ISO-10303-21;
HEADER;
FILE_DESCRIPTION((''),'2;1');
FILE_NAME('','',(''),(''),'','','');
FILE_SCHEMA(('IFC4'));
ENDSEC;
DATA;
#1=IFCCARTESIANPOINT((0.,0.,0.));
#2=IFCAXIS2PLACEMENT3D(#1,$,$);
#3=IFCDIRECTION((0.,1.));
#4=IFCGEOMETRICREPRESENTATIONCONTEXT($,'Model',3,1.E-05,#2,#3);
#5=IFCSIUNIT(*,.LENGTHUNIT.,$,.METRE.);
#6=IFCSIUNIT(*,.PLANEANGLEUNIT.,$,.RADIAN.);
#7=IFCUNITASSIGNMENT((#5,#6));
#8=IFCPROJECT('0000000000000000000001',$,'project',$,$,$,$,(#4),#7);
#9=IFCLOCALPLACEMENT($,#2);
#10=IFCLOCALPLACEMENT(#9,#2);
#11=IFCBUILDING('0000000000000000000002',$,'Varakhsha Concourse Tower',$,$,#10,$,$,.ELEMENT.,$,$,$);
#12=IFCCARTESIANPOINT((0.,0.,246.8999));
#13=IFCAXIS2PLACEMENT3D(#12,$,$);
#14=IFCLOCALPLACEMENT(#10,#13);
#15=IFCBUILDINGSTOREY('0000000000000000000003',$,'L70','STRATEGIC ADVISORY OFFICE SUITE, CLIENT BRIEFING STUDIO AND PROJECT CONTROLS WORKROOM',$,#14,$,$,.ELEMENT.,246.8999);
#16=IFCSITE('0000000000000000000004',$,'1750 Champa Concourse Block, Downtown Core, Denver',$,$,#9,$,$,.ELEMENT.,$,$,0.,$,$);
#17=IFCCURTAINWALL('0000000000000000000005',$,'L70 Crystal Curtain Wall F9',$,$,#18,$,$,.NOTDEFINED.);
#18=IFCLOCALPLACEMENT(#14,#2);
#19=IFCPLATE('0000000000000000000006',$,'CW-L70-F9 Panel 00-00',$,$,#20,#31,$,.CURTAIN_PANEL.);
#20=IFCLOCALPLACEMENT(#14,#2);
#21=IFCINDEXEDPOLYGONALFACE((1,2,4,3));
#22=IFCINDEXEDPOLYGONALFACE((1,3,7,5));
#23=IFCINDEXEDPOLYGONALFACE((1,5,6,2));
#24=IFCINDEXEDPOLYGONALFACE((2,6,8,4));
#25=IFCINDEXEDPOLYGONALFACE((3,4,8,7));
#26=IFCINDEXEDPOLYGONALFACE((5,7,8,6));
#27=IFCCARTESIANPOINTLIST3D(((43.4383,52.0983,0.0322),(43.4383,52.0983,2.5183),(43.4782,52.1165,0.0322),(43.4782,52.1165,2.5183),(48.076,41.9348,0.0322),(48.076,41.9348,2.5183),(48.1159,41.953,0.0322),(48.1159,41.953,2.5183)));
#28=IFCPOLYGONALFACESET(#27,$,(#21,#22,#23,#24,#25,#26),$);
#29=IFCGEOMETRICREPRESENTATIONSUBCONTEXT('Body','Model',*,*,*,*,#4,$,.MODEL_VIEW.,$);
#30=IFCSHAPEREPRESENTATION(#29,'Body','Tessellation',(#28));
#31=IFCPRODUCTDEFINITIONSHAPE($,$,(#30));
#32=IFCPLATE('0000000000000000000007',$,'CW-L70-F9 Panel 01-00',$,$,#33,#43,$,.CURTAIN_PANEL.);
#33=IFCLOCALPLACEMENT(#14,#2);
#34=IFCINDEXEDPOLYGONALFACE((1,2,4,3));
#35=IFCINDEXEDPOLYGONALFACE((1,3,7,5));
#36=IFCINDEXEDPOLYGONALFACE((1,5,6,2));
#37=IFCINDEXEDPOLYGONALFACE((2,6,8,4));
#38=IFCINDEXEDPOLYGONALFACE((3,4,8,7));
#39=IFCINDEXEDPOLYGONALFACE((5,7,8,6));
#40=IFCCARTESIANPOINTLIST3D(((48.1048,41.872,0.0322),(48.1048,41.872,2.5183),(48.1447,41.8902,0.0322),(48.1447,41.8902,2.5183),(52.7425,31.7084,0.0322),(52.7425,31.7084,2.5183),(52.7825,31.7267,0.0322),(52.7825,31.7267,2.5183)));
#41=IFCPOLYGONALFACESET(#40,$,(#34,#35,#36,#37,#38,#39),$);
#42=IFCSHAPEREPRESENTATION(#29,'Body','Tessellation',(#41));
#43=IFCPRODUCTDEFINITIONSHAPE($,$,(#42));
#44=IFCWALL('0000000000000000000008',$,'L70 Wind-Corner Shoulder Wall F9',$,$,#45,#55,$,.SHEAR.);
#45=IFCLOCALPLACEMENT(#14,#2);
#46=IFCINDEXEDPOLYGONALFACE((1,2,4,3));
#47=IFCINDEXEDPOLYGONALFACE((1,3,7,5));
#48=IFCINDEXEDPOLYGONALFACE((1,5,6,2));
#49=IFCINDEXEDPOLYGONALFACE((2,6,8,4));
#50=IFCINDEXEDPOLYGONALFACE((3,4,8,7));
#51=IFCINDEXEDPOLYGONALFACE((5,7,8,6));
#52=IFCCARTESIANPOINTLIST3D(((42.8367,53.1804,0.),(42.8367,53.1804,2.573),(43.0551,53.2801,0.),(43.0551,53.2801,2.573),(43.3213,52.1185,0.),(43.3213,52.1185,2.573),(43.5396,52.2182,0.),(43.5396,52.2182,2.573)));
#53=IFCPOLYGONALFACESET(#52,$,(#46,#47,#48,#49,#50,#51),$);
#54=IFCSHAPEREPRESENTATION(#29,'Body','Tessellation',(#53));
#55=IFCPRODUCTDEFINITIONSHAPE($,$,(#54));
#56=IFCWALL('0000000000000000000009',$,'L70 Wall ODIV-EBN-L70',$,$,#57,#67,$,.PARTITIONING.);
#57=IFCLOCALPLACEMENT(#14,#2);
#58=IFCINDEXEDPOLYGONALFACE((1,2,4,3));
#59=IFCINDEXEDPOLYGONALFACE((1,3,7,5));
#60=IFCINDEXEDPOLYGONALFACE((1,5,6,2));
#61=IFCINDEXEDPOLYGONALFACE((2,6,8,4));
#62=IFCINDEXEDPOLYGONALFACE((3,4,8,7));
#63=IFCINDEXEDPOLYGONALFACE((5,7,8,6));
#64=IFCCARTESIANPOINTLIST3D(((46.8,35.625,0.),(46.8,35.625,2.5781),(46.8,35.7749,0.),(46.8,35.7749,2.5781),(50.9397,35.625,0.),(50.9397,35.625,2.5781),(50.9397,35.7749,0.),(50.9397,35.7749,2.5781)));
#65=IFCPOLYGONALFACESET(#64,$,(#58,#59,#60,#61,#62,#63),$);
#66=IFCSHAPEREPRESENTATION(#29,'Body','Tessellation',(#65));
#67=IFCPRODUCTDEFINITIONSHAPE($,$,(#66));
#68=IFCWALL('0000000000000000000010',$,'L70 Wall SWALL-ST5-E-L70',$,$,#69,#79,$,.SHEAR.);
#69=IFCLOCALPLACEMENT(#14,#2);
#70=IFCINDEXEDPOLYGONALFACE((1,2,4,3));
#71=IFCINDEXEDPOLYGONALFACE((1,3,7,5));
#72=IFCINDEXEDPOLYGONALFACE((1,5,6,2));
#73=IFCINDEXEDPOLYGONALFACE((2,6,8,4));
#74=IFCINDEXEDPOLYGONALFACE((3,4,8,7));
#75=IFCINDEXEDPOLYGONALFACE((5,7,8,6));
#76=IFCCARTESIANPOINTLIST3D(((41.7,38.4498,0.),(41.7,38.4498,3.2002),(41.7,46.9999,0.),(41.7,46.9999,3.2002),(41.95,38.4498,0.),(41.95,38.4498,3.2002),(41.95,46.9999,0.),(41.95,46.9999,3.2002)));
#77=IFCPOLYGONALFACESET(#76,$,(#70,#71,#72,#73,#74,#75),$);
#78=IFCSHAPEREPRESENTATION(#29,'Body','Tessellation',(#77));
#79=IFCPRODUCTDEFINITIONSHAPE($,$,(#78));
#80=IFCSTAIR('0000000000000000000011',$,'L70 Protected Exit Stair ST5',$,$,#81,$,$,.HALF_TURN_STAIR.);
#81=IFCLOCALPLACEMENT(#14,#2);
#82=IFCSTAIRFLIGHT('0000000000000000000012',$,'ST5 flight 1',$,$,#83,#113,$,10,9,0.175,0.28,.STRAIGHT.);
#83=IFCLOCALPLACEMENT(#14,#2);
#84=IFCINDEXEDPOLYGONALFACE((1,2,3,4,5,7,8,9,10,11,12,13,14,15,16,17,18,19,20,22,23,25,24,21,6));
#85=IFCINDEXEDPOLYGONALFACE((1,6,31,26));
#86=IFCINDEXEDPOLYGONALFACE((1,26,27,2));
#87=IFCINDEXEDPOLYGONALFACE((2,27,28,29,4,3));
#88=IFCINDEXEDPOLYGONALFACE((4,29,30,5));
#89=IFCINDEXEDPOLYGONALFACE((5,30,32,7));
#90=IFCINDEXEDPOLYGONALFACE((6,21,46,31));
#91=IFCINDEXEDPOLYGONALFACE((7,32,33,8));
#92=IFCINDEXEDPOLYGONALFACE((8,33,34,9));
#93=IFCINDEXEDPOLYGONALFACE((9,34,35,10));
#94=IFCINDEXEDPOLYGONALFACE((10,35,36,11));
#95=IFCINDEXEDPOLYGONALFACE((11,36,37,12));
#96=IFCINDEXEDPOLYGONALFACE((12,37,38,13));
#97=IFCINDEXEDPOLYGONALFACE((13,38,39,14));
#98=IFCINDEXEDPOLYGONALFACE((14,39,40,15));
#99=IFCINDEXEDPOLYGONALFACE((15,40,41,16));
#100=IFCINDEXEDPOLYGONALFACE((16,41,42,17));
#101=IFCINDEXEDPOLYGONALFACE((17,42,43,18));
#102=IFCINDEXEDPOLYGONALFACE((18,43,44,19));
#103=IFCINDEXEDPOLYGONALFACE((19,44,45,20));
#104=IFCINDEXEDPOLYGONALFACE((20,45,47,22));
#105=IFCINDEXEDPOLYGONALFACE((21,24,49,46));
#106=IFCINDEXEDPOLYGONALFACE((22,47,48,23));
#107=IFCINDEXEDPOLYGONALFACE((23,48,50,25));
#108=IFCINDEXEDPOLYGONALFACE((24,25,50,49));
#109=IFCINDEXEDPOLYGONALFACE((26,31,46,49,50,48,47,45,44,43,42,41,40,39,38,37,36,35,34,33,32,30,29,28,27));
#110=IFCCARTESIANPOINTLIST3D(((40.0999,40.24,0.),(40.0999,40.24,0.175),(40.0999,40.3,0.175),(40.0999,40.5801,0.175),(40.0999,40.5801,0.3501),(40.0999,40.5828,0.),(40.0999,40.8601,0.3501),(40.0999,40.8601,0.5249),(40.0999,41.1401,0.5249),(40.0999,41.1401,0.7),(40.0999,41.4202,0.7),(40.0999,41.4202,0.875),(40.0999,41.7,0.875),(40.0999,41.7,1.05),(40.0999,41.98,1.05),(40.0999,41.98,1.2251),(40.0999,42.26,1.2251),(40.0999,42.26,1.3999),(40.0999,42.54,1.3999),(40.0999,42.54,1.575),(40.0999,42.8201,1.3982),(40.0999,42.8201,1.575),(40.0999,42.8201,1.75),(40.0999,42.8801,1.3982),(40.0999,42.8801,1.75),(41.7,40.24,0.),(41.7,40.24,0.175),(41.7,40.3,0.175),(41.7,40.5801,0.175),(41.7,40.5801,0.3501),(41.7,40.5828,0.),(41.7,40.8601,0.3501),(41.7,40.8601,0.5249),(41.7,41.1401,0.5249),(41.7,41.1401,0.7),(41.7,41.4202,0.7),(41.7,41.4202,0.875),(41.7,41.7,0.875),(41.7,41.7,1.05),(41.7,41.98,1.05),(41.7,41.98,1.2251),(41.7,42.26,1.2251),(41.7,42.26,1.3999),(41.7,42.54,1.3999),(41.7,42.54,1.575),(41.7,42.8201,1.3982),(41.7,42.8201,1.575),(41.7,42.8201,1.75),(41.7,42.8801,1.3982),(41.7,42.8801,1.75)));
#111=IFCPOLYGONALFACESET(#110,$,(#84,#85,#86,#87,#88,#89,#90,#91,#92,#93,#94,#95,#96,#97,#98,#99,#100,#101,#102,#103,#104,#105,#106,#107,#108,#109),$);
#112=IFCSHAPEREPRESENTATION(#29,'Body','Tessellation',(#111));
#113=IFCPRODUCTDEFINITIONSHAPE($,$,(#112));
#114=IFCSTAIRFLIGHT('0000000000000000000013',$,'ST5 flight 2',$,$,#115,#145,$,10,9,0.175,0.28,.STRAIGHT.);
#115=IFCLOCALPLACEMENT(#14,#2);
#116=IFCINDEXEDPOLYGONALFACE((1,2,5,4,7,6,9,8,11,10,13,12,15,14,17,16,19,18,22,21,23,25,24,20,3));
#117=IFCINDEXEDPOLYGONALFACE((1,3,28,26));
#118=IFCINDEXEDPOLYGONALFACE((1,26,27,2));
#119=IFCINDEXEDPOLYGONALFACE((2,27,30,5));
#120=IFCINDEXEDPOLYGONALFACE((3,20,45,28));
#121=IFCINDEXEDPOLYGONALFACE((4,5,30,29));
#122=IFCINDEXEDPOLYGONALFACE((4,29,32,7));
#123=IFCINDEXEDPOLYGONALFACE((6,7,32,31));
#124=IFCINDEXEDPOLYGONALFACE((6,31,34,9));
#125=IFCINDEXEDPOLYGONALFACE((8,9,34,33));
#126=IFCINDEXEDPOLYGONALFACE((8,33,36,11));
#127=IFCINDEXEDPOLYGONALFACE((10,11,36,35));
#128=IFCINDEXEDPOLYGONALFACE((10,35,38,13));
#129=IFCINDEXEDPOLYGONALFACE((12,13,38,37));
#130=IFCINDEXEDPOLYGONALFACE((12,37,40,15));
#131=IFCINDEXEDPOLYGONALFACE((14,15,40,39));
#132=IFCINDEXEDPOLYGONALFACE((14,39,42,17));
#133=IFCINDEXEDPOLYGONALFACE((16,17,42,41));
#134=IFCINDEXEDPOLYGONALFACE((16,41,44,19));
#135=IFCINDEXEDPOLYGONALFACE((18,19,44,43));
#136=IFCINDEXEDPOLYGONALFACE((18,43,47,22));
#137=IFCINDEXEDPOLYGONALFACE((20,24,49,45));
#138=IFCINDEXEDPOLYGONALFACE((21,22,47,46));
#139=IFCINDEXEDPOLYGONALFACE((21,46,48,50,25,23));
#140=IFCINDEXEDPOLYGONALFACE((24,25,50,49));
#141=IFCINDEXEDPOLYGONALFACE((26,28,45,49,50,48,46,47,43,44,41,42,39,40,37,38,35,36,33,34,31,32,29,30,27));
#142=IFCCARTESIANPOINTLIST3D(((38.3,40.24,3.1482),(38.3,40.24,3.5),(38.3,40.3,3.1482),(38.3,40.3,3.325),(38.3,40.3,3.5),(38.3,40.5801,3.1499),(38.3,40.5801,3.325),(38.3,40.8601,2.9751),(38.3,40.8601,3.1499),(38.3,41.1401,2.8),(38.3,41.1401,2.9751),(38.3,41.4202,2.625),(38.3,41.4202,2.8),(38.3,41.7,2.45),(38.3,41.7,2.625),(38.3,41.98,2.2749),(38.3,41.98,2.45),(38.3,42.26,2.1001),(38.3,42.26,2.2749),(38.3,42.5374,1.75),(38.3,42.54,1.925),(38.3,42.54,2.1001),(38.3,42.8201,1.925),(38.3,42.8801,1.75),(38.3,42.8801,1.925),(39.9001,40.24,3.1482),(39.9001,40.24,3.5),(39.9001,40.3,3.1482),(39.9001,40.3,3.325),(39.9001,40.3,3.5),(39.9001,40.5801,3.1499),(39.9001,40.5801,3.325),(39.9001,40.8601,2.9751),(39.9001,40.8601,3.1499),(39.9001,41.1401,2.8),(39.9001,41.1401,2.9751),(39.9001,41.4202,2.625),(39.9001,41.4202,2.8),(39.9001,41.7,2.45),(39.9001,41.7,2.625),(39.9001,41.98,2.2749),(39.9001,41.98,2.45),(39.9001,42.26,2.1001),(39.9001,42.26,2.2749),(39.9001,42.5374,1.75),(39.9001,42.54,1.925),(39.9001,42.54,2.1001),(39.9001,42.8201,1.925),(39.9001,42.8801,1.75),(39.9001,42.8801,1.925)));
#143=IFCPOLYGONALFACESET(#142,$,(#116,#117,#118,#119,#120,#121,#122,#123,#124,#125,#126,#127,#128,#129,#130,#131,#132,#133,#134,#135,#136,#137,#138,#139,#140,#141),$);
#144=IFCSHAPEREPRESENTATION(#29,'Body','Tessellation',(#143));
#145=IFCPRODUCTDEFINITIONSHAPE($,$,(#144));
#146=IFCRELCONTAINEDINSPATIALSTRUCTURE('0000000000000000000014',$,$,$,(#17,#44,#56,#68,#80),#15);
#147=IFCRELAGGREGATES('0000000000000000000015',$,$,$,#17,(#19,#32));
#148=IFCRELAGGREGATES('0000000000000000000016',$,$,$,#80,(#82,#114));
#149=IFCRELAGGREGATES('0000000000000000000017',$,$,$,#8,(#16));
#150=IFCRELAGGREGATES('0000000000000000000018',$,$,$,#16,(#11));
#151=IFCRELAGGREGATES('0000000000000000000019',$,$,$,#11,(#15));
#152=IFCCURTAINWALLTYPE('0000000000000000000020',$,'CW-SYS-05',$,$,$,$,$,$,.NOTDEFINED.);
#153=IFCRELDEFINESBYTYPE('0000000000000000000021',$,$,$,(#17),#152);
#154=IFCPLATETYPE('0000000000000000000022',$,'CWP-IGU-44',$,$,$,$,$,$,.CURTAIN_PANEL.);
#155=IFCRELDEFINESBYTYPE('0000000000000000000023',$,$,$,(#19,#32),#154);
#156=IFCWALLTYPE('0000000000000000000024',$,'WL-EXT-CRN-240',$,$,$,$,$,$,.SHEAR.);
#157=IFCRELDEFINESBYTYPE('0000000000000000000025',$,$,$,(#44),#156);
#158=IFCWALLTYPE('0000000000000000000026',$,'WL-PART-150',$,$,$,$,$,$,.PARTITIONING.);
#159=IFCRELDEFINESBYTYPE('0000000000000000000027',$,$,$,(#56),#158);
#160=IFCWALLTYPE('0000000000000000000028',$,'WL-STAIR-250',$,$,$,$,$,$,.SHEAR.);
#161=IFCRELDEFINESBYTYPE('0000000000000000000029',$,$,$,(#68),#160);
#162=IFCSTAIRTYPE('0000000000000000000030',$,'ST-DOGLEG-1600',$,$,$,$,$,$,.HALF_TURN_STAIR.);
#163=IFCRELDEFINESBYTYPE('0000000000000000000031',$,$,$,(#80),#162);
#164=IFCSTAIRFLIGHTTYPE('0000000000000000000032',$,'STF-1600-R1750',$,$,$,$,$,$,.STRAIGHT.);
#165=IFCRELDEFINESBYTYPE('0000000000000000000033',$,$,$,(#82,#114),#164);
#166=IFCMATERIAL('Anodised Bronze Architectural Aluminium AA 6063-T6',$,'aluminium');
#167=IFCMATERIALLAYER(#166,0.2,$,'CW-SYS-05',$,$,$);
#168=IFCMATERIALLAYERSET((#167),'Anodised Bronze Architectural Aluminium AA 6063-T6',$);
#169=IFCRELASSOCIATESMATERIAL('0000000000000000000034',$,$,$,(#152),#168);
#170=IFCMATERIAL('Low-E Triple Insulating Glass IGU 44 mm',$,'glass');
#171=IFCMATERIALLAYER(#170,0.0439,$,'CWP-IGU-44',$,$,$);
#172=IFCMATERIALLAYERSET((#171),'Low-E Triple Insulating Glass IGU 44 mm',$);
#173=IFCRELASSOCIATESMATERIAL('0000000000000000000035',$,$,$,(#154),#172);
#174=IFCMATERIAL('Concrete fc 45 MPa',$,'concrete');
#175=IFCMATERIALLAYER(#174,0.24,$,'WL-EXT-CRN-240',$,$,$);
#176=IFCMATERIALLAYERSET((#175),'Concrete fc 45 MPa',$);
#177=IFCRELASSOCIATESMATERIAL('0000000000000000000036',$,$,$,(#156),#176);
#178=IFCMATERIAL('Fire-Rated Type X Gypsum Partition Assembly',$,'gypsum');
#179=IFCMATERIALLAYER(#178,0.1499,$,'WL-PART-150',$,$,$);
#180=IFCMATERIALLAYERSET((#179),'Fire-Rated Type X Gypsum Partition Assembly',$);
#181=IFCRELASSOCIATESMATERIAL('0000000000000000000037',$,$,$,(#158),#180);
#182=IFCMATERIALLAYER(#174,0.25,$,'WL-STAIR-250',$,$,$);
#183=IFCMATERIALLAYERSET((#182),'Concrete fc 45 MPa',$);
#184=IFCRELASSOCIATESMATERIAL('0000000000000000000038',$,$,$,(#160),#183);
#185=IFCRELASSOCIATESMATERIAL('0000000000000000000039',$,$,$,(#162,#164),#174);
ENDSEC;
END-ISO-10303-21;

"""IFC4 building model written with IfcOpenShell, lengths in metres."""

from ifc_helpers import new_model, si_unit, direction, frame, frame_2d, origin, origin_2d, place, context, subcontext, project, spatial, polyline, rectangle, outline, extrude, source, transform, mapped, material, layer, layer_set, type_object, type_shapes, element, aggregate, save


model = new_model("IFC4")

# Units and contexts
model_context = context("Model", 3, precision=1e-05, world=origin(), true_north=direction((0.0, 1.0)))
body_context = subcontext(model_context, "Body", "Model", "MODEL_VIEW")
ifc_project = project(units=[si_unit("LENGTHUNIT", "METRE"), si_unit("PLANEANGLEUNIT", "RADIAN")], contexts=[model_context])

# Site, building, storey
site_placement = place(None, origin())
site = spatial("IfcSite", under=ifc_project, at=site_placement, Name="1750 Champa Concourse Block, Downtown Core, Denver", CompositionType="ELEMENT", RefElevation=0.0)
building_placement = place(site_placement, origin())
building = spatial("IfcBuilding", under=site, at=building_placement, Name="Varakhsha Concourse Tower", CompositionType="ELEMENT")
storey_placement = place(building_placement, frame((0.0, 0.0, 246.8999)))
storey = spatial("IfcBuildingStorey", under=building, at=storey_placement, Name="L70", Description="STRATEGIC ADVISORY OFFICE SUITE, CLIENT BRIEFING STUDIO AND PROJECT CONTROLS WORKROOM", CompositionType="ELEMENT", Elevation=246.8999)

# Curtain wall
ifc_material_1 = material(Name="Anodised Bronze Architectural Aluminium AA 6063-T6", Category="aluminium")
ifc_layer_1 = layer(ifc_material_1, 0.2, Name="CW-SYS-05")
ifc_layer_set_1 = layer_set([ifc_layer_1], Name="Anodised Bronze Architectural Aluminium AA 6063-T6")
curtain_wall_type = type_object("IfcCurtainWallType", Name="CW-SYS-05", PredefinedType="NOTDEFINED", material=ifc_layer_set_1)
curtain_wall_placement = place(storey_placement, origin())
curtain_wall = element("IfcCurtainWall", 1, at=curtain_wall_placement, inside=storey, type_object=curtain_wall_type, Name="L70 Crystal Curtain Wall F9", PredefinedType="NOTDEFINED")

# Plates
ifc_material_2 = material(Name="Low-E Triple Insulating Glass IGU 44 mm", Category="glass")
ifc_layer_2 = layer(ifc_material_2, 0.0439, Name="CWP-IGU-44")
ifc_layer_set_2 = layer_set([ifc_layer_2], Name="Low-E Triple Insulating Glass IGU 44 mm")
plate_type_1 = type_object("IfcPlateType", Name="CWP-IGU-44", PredefinedType="CURTAIN_PANEL", material=ifc_layer_set_2)
shared_shape_1 = source(origin(), body_context, "Body", "SweptSolid", [
    extrude(rectangle(XDim=11.1716, YDim=0.0439, at=origin_2d()), origin(), (0.0, 0.0, 1.0), 2.4861),
])
type_shapes(plate_type_1, [shared_shape_1])
plate_1_placement = place(storey_placement, frame((45.7771, 47.0256, 0.0322), z_axis=(0.0, 0.0, 1.0), x_axis=(0.415133, -0.909761, 0.0)))
plate_1 = element("IfcPlate", 2, at=plate_1_placement, type_object=plate_type_1, Name="CW-L70-F9 Panel 00-00", PredefinedType="CURTAIN_PANEL", context=body_context, shape_type="MappedRepresentation", body=[
    mapped(shared_shape_1, transform((0.0, 0.0, 0.0), scale=1.0)),
])
plate_2_placement = place(storey_placement, frame((50.4436, 36.7993, 0.0322), z_axis=(0.0, 0.0, 1.0), x_axis=(0.415133, -0.909761, 0.0)))
plate_2 = element("IfcPlate", 3, at=plate_2_placement, type_object=plate_type_1, Name="CW-L70-F9 Panel 01-00", PredefinedType="CURTAIN_PANEL", context=body_context, shape_type="MappedRepresentation", body=[
    mapped(shared_shape_1, transform((0.0, 0.0, 0.0), scale=1.0)),
])
aggregate(curtain_wall, [plate_1, plate_2])

# Walls
ifc_material_3 = material(Name="Concrete fc 45 MPa", Category="concrete")
ifc_layer_3 = layer(ifc_material_3, 0.24, Name="WL-EXT-CRN-240")
ifc_layer_set_3 = layer_set([ifc_layer_3], Name="Concrete fc 45 MPa")
wall_type_1 = type_object("IfcWallType", Name="WL-EXT-CRN-240", PredefinedType="SHEAR", material=ifc_layer_set_3)
wall_1_placement = place(storey_placement, frame((43.4304, 52.1685, 0.0), z_axis=(0.0, 0.0, 1.0), x_axis=(-0.415142, 0.909757, 0.0)))
element("IfcWall", 4, at=wall_1_placement, inside=storey, type_object=wall_type_1, Name="L70 Wind-Corner Shoulder Wall F9", PredefinedType="SHEAR", context=body_context, shape_type="SweptSolid", body=[
    extrude(rectangle(XDim=1.1672, YDim=0.24, at=frame_2d((0.5835, 0.0))), origin(), (0.0, 0.0, 1.0), 2.573),
])
ifc_material_4 = material(Name="Fire-Rated Type X Gypsum Partition Assembly", Category="gypsum")
ifc_layer_4 = layer(ifc_material_4, 0.1499, Name="WL-PART-150")
ifc_layer_set_4 = layer_set([ifc_layer_4], Name="Fire-Rated Type X Gypsum Partition Assembly")
wall_type_2 = type_object("IfcWallType", Name="WL-PART-150", PredefinedType="PARTITIONING", material=ifc_layer_set_4)
wall_2_placement = place(storey_placement, frame((46.8, 35.7, 0.0), z_axis=(0.0, 0.0, 1.0), x_axis=(1.0, 0.0, 0.0)))
element("IfcWall", 5, at=wall_2_placement, inside=storey, type_object=wall_type_2, Name="L70 Wall ODIV-EBN-L70", PredefinedType="PARTITIONING", context=body_context, shape_type="SweptSolid", body=[
    extrude(rectangle(XDim=4.1396, YDim=0.1499, at=frame_2d((2.0698, 0.0))), origin(), (0.0, 0.0, 1.0), 2.5781),
])
ifc_layer_5 = layer(ifc_material_3, 0.25, Name="WL-STAIR-250")
ifc_layer_set_5 = layer_set([ifc_layer_5], Name="Concrete fc 45 MPa")
wall_type_3 = type_object("IfcWallType", Name="WL-STAIR-250", PredefinedType="SHEAR", material=ifc_layer_set_5)
wall_3_placement = place(storey_placement, frame((41.825, 38.45, 0.0), z_axis=(0.0, 0.0, 1.0), x_axis=(0.0, 1.0, 0.0)))
element("IfcWall", 6, at=wall_3_placement, inside=storey, type_object=wall_type_3, Name="L70 Wall SWALL-ST5-E-L70", PredefinedType="SHEAR", context=body_context, shape_type="SweptSolid", body=[
    extrude(rectangle(XDim=8.55, YDim=0.25, at=frame_2d((4.2749, 0.0))), origin(), (0.0, 0.0, 1.0), 3.2002),
])

# Stair, stair flights
stair_type = type_object("IfcStairType", Name="ST-DOGLEG-1600", PredefinedType="HALF_TURN_STAIR", material=ifc_material_3)
stair_placement = place(storey_placement, origin())
stair = element("IfcStair", 7, at=stair_placement, inside=storey, type_object=stair_type, Name="L70 Protected Exit Stair ST5", PredefinedType="HALF_TURN_STAIR")
stair_flight_type = type_object("IfcStairFlightType", Name="STF-1600-R1750", PredefinedType="STRAIGHT", material=ifc_material_3)
stair_flight_1_placement = place(storey_placement, frame((40.8999, 40.3, 0.0), z_axis=(0.0, 0.0, 1.0), x_axis=(0.0, 1.0, 0.0)))
stair_flight_1 = element("IfcStairFlight", 8, at=stair_flight_1_placement, type_object=stair_flight_type, Name="ST5 flight 1", NumberOfRisers=10, NumberOfTreads=9, PredefinedType="STRAIGHT", RiserHeight=0.175, TreadLength=0.28, context=body_context, shape_type="SweptSolid", body=[
    extrude(outline(polyline([(-0.0601, 0.0), (-0.0601, 0.175), (0.0, 0.175), (0.28, 0.175), (0.28, 0.3501), (0.5601, 0.3501), (0.5601, 0.5249), (0.8401, 0.5249), (0.8401, 0.7), (1.1201, 0.7), (1.1201, 0.875), (1.3999, 0.875), (1.3999, 1.05), (1.6799, 1.05), (1.6799, 1.2251), (1.96, 1.2251), (1.96, 1.3999), (2.24, 1.3999), (2.24, 1.575), (2.52, 1.575), (2.52, 1.75), (2.5801, 1.75), (2.5801, 1.3982), (2.52, 1.3982), (0.2827, 0.0), (-0.0601, 0.0)])), frame((0.0, 0.8, 0.0), z_axis=(0.0, -1.0, 0.0), x_axis=(1.0, 0.0, 0.0)), (0.0, 0.0, 1.0), 1.6001),
])
stair_flight_2_placement = place(storey_placement, frame((39.1001, 42.8201, 1.75), z_axis=(0.0, 0.0, 1.0), x_axis=(0.0, -1.0, 0.0)))
stair_flight_2 = element("IfcStairFlight", 9, at=stair_flight_2_placement, type_object=stair_flight_type, Name="ST5 flight 2", NumberOfRisers=10, NumberOfTreads=9, PredefinedType="STRAIGHT", RiserHeight=0.175, TreadLength=0.28, context=body_context, shape_type="SweptSolid", body=[
    extrude(outline(polyline([(-0.0601, 0.0), (-0.0601, 0.175), (0.0, 0.175), (0.28, 0.175), (0.28, 0.3501), (0.5601, 0.3501), (0.5601, 0.5249), (0.8401, 0.5249), (0.8401, 0.7), (1.1201, 0.7), (1.1201, 0.875), (1.3999, 0.875), (1.3999, 1.05), (1.6799, 1.05), (1.6799, 1.2251), (1.96, 1.2251), (1.96, 1.3999), (2.24, 1.3999), (2.24, 1.575), (2.52, 1.575), (2.52, 1.75), (2.5801, 1.75), (2.5801, 1.3982), (2.52, 1.3982), (0.2827, 0.0), (-0.0601, 0.0)])), frame((0.0, 0.8, 0.0), z_axis=(0.0, -1.0, 0.0), x_axis=(1.0, 0.0, 0.0)), (0.0, 0.0, 1.0), 1.6001),
])
aggregate(stair, [stair_flight_1, stair_flight_2])

save(model, "model.ifc")
